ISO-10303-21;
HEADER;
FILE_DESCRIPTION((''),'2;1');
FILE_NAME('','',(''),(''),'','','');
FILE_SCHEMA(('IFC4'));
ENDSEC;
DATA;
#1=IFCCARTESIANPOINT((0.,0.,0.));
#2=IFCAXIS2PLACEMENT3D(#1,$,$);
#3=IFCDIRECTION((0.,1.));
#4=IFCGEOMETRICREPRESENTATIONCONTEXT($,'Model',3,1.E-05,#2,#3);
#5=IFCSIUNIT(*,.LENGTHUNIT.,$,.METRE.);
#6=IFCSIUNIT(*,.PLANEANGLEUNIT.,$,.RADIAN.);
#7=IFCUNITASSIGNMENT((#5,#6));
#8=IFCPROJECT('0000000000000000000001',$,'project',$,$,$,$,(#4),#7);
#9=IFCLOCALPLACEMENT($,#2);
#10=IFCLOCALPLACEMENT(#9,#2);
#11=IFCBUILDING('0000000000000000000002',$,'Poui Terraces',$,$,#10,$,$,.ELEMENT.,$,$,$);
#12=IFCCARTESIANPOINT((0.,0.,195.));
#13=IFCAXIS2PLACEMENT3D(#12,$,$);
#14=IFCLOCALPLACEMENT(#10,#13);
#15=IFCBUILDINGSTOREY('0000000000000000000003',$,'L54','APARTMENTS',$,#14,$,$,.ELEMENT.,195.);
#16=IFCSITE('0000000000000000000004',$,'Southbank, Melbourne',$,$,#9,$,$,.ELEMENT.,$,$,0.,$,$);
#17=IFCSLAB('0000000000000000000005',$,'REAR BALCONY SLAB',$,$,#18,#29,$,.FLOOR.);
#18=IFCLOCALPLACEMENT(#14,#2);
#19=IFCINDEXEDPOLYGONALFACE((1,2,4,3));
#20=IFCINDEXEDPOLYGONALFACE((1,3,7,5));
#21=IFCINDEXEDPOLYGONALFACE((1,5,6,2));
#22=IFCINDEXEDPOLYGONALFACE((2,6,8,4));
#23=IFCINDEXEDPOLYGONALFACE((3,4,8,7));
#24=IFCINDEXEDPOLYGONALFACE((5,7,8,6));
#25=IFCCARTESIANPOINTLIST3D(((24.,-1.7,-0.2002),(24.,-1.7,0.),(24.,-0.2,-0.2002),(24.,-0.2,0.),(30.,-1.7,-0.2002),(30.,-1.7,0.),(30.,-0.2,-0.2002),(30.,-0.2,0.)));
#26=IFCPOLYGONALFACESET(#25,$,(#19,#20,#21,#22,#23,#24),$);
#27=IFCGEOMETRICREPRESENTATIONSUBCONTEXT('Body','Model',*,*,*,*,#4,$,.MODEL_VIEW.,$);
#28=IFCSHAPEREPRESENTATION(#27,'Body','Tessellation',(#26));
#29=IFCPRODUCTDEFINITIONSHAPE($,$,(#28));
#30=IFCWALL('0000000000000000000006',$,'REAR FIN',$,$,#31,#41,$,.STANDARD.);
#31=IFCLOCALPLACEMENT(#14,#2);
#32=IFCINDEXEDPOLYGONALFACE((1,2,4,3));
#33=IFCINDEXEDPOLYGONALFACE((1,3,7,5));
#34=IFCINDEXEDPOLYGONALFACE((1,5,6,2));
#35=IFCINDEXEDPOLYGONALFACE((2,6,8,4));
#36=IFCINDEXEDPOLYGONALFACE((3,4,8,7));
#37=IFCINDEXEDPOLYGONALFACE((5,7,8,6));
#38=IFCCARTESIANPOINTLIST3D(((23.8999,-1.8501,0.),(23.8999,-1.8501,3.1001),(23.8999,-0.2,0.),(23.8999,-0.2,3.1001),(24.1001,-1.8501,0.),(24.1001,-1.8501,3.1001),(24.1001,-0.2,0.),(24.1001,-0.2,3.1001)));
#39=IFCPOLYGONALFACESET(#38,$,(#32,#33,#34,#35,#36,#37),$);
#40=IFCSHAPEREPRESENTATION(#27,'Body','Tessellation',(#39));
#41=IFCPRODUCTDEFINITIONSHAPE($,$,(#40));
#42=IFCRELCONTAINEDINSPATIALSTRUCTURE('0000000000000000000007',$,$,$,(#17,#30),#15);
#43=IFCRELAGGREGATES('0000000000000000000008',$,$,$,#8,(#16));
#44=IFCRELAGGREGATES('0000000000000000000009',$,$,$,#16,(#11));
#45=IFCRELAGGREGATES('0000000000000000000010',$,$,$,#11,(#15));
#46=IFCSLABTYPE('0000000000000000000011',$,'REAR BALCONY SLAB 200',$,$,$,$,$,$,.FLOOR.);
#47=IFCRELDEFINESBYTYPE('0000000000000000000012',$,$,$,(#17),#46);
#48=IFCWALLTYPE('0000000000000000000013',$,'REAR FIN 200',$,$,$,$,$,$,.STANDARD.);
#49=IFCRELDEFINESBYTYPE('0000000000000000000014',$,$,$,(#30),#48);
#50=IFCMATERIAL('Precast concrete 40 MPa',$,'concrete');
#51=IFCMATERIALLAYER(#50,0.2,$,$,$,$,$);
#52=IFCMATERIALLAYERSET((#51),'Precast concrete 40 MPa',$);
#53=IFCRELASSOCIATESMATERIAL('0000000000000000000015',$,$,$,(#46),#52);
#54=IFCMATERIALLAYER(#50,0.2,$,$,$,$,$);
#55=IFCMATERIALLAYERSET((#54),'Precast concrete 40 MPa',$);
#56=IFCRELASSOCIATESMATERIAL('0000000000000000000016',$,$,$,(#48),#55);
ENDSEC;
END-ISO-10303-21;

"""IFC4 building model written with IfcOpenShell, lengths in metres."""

from ifc_helpers import new_model, si_unit, direction, frame, origin, place, context, subcontext, project, spatial, polyline, outline, extrude, source, transform, mapped, material, layer, layer_set, type_object, element, save


model = new_model("IFC4")

# Units and contexts
model_context = context("Model", 3, precision=1e-05, world=origin(), true_north=direction((0.0, 1.0)))
body_context = subcontext(model_context, "Body", "Model", "MODEL_VIEW")
ifc_project = project(units=[si_unit("LENGTHUNIT", "METRE"), si_unit("PLANEANGLEUNIT", "RADIAN")], contexts=[model_context])

# Site, building, storey
site_placement = place(None, origin())
site = spatial("IfcSite", under=ifc_project, at=site_placement, Name="Southbank, Melbourne", CompositionType="ELEMENT", RefElevation=0.0)
building_placement = place(site_placement, origin())
building = spatial("IfcBuilding", under=site, at=building_placement, Name="Poui Terraces", CompositionType="ELEMENT")
storey_placement = place(building_placement, frame((0.0, 0.0, 195.0)))
storey = spatial("IfcBuildingStorey", under=building, at=storey_placement, Name="L54", Description="APARTMENTS", CompositionType="ELEMENT", Elevation=195.0)

# Slab
ifc_material = material(Name="Precast concrete 40 MPa", Category="concrete")
ifc_layer_1 = layer(ifc_material, 0.2)
ifc_layer_set_1 = layer_set([ifc_layer_1], Name="Precast concrete 40 MPa")
slab_type = type_object("IfcSlabType", Name="REAR BALCONY SLAB 200", PredefinedType="FLOOR", material=ifc_layer_set_1)
shared_shape_1 = source(origin(), body_context, "Body", "SweptSolid", [
    extrude(outline(polyline([(0.0, 0.0), (6.0, 0.0), (6.0, 1.5), (0.0, 1.5), (0.0, 0.0)])), origin(), (0.0, 0.0, 1.0), 0.2002),
])
slab_placement = place(storey_placement, frame((24.0, -1.7, -0.2002)))
element("IfcSlab", 1, at=slab_placement, inside=storey, type_object=slab_type, Name="REAR BALCONY SLAB", PredefinedType="FLOOR", context=body_context, shape_type="MappedRepresentation", body=[
    mapped(shared_shape_1, transform((0.0, 0.0, 0.0))),
])

# Wall
ifc_layer_2 = layer(ifc_material, 0.2)
ifc_layer_set_2 = layer_set([ifc_layer_2], Name="Precast concrete 40 MPa")
wall_type = type_object("IfcWallType", Name="REAR FIN 200", PredefinedType="STANDARD", material=ifc_layer_set_2)
shared_shape_2 = source(origin(), body_context, "Body", "SweptSolid", [
    extrude(outline(polyline([(0.0, 0.0), (0.2002, 0.0), (0.2002, 1.6501), (0.0, 1.6501), (0.0, 0.0)])), origin(), (0.0, 0.0, 1.0), 3.1001),
])
wall_placement = place(storey_placement, frame((23.8999, -1.8501, 0.0)))
element("IfcWall", 2, at=wall_placement, inside=storey, type_object=wall_type, Name="REAR FIN", PredefinedType="STANDARD", context=body_context, shape_type="MappedRepresentation", body=[
    mapped(shared_shape_2, transform((0.0, 0.0, 0.0))),
])

save(model, "model.ifc")
